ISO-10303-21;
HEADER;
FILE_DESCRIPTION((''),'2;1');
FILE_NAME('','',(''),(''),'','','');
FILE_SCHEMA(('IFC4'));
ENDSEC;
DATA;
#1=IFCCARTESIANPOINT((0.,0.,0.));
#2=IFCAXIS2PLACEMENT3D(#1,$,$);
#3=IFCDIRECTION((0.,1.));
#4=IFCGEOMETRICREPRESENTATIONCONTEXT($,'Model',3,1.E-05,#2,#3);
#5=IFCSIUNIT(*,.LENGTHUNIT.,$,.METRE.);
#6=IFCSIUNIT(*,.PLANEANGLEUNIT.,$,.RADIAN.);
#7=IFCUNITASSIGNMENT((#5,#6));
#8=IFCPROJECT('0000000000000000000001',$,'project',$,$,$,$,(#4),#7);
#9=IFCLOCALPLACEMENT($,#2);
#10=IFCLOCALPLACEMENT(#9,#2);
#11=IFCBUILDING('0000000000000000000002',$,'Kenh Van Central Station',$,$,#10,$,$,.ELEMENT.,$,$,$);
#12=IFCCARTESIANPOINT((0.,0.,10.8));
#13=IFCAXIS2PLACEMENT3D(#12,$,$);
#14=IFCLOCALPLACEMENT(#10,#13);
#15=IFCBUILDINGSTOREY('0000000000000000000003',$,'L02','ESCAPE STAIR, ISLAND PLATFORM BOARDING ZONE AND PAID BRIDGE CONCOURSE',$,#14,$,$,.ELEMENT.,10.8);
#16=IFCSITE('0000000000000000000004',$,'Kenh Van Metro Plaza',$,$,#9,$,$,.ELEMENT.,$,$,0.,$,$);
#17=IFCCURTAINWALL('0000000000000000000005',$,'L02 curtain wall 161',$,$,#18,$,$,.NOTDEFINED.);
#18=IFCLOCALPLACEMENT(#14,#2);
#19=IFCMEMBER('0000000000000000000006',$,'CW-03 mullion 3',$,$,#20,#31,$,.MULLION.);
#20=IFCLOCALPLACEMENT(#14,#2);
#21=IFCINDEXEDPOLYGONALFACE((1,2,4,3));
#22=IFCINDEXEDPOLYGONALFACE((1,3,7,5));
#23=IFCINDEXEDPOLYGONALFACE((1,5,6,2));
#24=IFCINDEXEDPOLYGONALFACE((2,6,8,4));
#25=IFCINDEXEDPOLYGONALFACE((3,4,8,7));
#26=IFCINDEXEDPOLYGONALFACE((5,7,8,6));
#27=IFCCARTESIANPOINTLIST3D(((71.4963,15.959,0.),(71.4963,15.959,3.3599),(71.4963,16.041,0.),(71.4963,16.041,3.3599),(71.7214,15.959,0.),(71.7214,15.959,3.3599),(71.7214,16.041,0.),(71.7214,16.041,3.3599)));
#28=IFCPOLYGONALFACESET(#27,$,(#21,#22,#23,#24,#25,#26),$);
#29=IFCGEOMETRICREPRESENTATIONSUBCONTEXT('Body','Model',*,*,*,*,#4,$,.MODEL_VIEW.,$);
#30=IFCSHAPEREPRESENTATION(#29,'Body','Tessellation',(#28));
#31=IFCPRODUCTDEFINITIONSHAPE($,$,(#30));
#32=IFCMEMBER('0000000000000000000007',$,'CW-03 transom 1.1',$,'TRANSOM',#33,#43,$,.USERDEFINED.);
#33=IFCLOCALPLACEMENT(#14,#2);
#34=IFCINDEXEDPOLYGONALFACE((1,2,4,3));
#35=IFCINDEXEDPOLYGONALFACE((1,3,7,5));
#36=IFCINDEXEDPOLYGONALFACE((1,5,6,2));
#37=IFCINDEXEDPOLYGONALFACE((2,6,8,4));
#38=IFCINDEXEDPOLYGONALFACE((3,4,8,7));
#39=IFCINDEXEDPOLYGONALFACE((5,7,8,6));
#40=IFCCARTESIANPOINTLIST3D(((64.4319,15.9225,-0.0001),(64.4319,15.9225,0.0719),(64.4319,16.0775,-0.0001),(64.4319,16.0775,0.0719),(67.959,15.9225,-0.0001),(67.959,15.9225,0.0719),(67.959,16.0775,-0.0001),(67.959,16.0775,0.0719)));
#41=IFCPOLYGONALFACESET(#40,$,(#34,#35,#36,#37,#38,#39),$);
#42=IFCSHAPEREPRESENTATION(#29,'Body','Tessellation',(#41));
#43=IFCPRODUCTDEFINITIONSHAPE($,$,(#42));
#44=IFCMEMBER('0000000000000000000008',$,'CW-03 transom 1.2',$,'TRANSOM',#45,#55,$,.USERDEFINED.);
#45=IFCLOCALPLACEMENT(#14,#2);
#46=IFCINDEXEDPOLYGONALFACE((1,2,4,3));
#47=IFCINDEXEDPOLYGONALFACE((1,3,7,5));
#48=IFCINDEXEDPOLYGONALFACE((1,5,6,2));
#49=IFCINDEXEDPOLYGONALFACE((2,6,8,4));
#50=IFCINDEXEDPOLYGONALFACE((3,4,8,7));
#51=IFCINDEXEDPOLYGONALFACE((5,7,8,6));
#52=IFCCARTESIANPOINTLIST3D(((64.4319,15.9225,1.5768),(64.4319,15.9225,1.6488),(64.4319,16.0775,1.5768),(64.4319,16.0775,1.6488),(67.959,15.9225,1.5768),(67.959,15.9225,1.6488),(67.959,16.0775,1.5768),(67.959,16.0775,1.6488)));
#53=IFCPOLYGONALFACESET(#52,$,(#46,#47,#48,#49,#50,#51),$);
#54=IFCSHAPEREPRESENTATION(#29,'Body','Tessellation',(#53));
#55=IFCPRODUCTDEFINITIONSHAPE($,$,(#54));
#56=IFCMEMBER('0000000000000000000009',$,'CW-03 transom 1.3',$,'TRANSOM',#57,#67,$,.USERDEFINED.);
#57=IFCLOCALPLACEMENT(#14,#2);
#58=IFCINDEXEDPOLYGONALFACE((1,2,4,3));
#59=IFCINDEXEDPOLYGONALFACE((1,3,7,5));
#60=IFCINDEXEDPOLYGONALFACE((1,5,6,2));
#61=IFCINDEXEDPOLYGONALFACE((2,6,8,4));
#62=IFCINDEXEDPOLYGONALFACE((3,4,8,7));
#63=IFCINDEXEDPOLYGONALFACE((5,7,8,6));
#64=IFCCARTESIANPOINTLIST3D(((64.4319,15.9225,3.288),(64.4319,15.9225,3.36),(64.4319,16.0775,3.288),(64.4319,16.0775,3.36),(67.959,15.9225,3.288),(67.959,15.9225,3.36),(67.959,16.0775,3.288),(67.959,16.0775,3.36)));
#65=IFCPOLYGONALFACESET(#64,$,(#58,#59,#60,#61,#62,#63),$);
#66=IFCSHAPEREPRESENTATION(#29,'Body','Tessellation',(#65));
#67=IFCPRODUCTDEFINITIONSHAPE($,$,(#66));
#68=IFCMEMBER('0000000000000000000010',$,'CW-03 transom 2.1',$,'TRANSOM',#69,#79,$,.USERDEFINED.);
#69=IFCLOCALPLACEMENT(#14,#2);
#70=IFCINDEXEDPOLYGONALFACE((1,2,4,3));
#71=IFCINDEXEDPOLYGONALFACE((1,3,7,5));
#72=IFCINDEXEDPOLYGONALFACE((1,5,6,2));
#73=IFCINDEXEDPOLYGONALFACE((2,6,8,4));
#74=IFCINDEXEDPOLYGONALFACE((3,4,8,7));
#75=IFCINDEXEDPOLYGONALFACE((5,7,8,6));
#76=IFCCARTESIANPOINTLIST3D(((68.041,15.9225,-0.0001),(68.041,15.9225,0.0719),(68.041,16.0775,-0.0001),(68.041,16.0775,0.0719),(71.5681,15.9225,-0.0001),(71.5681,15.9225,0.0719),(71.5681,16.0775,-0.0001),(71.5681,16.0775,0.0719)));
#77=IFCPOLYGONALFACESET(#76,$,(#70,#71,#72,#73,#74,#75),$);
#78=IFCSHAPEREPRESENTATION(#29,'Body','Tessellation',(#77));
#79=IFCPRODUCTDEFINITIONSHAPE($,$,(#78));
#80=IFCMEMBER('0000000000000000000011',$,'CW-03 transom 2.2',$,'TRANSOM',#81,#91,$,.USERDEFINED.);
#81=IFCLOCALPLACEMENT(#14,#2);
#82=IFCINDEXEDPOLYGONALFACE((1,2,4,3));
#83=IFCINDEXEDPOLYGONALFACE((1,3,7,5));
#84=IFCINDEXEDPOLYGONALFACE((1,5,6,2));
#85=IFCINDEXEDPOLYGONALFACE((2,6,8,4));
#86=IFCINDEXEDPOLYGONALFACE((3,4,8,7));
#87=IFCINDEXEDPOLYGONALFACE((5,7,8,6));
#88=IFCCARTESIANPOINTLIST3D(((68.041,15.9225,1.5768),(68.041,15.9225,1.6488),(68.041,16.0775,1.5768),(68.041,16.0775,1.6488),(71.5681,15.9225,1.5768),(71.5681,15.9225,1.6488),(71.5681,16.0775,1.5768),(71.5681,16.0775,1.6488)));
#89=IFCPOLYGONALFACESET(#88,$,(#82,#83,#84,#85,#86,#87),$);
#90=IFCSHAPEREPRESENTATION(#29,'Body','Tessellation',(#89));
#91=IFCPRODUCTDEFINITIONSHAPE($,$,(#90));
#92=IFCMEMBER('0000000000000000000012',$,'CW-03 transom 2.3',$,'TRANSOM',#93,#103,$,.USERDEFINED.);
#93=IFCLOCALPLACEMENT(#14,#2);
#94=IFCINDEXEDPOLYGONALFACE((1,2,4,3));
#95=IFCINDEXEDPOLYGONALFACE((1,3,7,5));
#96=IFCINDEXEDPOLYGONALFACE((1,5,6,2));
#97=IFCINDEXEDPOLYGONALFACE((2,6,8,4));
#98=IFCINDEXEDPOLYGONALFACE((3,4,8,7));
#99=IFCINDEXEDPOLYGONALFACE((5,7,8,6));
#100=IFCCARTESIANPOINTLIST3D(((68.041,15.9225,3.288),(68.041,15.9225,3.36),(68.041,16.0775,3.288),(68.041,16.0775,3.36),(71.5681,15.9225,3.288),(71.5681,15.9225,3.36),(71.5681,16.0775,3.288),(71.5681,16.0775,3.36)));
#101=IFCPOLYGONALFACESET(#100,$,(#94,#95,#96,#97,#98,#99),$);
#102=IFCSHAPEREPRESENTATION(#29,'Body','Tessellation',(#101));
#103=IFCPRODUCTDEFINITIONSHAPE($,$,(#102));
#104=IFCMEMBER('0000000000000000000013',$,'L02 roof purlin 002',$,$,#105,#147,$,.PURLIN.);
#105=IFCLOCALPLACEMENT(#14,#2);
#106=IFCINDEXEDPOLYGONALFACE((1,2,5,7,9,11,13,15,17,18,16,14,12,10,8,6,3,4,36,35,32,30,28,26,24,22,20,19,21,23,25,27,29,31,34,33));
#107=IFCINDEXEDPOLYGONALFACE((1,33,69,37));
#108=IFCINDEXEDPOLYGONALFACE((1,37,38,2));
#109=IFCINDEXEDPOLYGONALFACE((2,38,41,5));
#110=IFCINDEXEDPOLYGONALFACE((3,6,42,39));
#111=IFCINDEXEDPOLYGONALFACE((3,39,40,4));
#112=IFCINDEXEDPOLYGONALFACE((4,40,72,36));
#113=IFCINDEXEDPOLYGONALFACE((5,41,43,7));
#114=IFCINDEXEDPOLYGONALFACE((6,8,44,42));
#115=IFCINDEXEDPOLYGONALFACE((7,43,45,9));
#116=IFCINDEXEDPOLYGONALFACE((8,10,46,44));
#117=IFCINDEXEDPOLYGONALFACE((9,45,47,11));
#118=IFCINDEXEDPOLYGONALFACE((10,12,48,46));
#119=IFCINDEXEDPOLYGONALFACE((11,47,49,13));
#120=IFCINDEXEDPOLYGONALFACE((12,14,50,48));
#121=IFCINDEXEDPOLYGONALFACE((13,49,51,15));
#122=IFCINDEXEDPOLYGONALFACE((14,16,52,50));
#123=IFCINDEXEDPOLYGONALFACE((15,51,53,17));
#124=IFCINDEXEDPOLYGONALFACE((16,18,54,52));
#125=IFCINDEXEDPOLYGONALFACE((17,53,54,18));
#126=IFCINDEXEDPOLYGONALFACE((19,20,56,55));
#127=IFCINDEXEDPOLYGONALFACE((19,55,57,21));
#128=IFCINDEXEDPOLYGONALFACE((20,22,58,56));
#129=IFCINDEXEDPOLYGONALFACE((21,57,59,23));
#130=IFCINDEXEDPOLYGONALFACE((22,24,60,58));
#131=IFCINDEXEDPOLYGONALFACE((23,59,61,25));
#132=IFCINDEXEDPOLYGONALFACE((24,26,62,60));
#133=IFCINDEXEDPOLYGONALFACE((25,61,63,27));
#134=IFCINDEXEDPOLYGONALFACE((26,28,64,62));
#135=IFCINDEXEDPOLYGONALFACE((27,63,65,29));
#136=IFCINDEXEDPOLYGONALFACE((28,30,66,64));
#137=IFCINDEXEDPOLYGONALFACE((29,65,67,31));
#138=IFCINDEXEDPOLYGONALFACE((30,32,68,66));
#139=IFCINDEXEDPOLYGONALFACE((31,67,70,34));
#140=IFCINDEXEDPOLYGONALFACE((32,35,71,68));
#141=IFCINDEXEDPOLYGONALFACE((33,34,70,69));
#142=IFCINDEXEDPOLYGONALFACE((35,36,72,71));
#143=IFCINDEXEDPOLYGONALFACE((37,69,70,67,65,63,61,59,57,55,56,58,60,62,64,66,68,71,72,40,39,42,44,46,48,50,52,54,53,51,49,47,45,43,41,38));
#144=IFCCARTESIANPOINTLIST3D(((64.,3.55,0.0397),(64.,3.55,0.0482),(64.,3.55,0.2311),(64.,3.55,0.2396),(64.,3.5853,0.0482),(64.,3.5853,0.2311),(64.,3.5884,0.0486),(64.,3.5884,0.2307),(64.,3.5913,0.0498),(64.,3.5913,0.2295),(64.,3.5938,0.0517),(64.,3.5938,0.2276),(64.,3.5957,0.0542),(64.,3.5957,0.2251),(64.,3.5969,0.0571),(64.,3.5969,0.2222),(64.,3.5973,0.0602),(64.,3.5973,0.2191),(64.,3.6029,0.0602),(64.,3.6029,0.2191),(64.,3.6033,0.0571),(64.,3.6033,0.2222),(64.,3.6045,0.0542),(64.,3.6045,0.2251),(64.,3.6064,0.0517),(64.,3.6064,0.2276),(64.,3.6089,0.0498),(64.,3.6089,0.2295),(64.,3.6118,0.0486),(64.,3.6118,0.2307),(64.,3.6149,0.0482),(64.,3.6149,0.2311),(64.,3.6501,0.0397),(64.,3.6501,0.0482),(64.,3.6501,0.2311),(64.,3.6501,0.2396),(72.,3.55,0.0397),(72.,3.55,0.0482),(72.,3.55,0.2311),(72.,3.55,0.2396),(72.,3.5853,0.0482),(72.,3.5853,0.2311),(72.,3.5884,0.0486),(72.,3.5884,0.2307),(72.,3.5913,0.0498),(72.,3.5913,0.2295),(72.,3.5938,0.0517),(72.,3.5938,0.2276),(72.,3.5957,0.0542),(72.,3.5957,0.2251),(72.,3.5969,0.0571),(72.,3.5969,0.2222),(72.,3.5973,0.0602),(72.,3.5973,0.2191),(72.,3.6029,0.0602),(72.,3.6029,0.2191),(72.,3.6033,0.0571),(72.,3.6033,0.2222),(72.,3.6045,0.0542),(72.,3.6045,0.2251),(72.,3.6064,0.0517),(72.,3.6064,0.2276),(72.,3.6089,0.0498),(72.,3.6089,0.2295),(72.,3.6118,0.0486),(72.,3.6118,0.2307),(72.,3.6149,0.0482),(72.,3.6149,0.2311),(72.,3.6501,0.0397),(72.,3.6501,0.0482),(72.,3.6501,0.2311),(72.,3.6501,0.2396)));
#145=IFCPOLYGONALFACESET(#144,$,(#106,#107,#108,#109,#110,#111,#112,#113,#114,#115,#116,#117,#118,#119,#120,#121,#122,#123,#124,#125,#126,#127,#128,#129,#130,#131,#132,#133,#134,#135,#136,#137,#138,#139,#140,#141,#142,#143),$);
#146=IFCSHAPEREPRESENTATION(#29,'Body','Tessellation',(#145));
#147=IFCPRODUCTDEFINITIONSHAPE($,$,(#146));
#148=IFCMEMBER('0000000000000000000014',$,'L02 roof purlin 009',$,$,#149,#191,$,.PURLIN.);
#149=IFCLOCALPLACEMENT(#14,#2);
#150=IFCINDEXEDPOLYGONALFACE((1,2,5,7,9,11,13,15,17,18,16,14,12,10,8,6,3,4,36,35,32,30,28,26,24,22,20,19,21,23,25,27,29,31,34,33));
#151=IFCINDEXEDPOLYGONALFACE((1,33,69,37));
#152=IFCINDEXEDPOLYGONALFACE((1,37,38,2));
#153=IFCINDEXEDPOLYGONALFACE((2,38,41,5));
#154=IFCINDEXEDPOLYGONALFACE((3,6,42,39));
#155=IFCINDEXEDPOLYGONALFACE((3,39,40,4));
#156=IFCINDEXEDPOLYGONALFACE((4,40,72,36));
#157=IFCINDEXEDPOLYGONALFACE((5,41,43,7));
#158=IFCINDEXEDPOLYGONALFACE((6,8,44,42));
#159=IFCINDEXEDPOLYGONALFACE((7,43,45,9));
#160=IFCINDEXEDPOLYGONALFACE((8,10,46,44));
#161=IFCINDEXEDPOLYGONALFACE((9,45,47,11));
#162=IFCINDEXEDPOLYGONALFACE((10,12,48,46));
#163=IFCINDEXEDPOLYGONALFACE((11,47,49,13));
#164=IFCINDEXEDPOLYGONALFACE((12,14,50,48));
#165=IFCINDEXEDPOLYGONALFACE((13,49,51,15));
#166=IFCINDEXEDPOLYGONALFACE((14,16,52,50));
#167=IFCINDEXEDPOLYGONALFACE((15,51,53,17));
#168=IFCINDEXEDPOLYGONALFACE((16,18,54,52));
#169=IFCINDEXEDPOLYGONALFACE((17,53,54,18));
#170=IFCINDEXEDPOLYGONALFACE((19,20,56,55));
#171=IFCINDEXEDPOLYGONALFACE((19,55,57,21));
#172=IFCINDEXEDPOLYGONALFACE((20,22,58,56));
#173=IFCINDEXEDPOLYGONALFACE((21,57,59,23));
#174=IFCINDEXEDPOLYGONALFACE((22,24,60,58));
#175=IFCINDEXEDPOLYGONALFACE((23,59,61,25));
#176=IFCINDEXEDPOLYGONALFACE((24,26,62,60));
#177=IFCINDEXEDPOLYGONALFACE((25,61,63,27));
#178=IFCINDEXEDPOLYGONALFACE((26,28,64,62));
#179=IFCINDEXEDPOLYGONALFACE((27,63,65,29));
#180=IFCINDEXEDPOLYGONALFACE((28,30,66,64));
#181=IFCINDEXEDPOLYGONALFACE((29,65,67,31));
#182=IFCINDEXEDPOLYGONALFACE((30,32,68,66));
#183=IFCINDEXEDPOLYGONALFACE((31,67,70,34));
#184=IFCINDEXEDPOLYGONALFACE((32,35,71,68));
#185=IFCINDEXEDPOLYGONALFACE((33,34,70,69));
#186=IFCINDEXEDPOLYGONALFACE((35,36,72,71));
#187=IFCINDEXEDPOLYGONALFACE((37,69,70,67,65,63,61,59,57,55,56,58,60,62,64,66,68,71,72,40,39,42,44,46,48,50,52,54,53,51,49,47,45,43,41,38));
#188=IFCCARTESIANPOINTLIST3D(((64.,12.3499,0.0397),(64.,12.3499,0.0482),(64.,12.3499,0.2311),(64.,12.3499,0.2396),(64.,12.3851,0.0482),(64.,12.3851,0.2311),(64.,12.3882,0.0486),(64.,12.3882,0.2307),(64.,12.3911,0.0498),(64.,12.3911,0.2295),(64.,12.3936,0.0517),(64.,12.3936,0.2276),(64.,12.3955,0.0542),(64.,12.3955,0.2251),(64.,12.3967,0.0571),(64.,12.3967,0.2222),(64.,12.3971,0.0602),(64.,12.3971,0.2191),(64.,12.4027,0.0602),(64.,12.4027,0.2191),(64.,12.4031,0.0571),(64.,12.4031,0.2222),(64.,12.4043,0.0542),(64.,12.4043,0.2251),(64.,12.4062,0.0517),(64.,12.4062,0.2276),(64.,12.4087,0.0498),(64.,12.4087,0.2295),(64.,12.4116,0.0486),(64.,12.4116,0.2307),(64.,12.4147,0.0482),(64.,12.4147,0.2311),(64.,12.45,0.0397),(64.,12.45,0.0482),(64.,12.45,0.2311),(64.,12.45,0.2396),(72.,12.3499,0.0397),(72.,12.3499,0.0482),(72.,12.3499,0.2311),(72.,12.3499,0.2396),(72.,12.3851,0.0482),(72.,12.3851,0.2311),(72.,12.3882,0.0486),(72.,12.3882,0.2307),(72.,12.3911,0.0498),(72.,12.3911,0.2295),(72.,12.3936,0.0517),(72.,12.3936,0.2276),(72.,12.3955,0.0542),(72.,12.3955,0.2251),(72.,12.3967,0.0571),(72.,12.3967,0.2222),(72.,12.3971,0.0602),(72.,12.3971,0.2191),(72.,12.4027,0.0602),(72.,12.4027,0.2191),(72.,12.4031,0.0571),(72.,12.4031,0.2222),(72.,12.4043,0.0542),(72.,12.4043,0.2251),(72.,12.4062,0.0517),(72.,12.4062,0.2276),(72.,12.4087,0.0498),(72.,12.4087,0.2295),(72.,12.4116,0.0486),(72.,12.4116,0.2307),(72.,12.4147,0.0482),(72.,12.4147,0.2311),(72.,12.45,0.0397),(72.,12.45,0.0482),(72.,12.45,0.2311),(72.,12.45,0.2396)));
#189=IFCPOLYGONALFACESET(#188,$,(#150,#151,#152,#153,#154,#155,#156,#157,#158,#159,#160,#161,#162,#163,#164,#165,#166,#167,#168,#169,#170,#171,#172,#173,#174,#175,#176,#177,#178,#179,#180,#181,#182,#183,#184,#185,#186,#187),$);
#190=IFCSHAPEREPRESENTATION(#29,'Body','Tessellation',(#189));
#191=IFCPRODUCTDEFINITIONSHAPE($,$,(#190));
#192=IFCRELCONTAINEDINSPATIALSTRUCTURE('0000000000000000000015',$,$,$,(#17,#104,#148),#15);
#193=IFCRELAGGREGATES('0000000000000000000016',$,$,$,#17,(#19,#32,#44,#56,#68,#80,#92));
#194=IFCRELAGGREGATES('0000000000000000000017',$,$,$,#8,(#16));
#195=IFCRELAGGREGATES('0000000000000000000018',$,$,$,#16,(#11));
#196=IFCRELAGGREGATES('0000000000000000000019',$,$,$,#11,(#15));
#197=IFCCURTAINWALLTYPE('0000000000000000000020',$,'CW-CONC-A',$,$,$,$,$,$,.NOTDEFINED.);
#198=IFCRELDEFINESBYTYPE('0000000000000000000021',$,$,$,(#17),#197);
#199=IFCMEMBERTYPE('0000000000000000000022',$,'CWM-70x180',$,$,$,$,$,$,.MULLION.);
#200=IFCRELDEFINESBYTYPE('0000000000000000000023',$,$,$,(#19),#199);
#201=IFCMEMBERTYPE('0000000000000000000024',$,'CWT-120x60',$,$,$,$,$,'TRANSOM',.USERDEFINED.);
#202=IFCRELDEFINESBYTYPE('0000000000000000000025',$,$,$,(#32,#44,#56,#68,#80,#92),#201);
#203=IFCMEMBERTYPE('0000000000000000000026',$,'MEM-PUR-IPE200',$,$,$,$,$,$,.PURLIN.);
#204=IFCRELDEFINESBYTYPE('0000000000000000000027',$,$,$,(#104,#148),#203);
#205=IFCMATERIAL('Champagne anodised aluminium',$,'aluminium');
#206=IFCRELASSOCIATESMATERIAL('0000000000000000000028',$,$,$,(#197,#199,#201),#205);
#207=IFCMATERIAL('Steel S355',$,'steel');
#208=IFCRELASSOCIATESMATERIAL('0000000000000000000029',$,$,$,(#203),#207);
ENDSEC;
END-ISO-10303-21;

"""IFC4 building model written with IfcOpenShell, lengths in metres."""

from ifc_helpers import new_model, si_unit, direction, frame, origin, origin_2d, place, context, subcontext, project, spatial, rectangle, i_section, extrude, material, material_profile, profile_set, type_object, element, aggregate, save


model = new_model("IFC4")

# Units and contexts
model_context = context("Model", 3, precision=1e-05, world=origin(), true_north=direction((0.0, 1.0)))
body_context = subcontext(model_context, "Body", "Model", "MODEL_VIEW")
ifc_project = project(units=[si_unit("LENGTHUNIT", "METRE"), si_unit("PLANEANGLEUNIT", "RADIAN")], contexts=[model_context])

# Site, building, storey
site_placement = place(None, origin())
site = spatial("IfcSite", under=ifc_project, at=site_placement, Name="Kenh Van Metro Plaza", CompositionType="ELEMENT", RefElevation=0.0)
building_placement = place(site_placement, origin())
building = spatial("IfcBuilding", under=site, at=building_placement, Name="Kenh Van Central Station", CompositionType="ELEMENT")
storey_placement = place(building_placement, frame((0.0, 0.0, 10.8)))
storey = spatial("IfcBuildingStorey", under=building, at=storey_placement, Name="L02", Description="ESCAPE STAIR, ISLAND PLATFORM BOARDING ZONE AND PAID BRIDGE CONCOURSE", CompositionType="ELEMENT", Elevation=10.8)

# Shared definitions
ifc_material_1 = material(Name="Steel S355", Category="steel")

# Shared definitions
ifc_material_2 = material(Name="Champagne anodised aluminium", Category="aluminium")
curtain_wall_type = type_object("IfcCurtainWallType", Name="CW-CONC-A", PredefinedType="NOTDEFINED", material=ifc_material_2)
ifc_material_profile_1 = material_profile(ifc_material_2, rectangle(XDim=0.082, YDim=0.2251, at=origin_2d()), Name="AL 82x225")
ifc_profile_set_1 = profile_set([ifc_material_profile_1], Name="Champagne anodised aluminium")
member_type_1 = type_object("IfcMemberType", Name="CWM-70x180", PredefinedType="MULLION", material=ifc_profile_set_1)

# Curtain wall, members
curtain_wall_1_placement = place(storey_placement, origin())
curtain_wall_1 = element("IfcCurtainWall", 1, at=curtain_wall_1_placement, inside=storey, type_object=curtain_wall_type, Name="L02 curtain wall 161", PredefinedType="NOTDEFINED")
member_1_placement = place(storey_placement, frame((71.6089, 16.0, 0.0), z_axis=(0.0, 0.0, 1.0), x_axis=(0.0, 1.0, 0.0)))
member_1 = element("IfcMember", 2, at=member_1_placement, type_object=member_type_1, Name="CW-03 mullion 3", PredefinedType="MULLION", context=body_context, shape_type="SweptSolid", body=[
    extrude(rectangle(XDim=0.082, YDim=0.2251, at=origin_2d()), origin(), (0.0, 0.0, 1.0), 3.3599),
])
ifc_material_profile_2 = material_profile(ifc_material_2, rectangle(XDim=0.155, YDim=0.072, at=origin_2d()), Name="AL 155x72")
ifc_profile_set_2 = profile_set([ifc_material_profile_2], Name="Champagne anodised aluminium")
member_type_2 = type_object("IfcMemberType", Name="CWT-120x60", ElementType="TRANSOM", PredefinedType="USERDEFINED", material=ifc_profile_set_2)
member_2_placement = place(storey_placement, frame((64.4319, 16.0, 0.0359), z_axis=(1.0, 0.0, 0.0), x_axis=(0.0, 1.0, 0.0)))
member_2 = element("IfcMember", 3, at=member_2_placement, type_object=member_type_2, Name="CW-03 transom 1.1", ObjectType="TRANSOM", PredefinedType="USERDEFINED", context=body_context, shape_type="SweptSolid", body=[
    extrude(rectangle(XDim=0.155, YDim=0.072, at=origin_2d()), origin(), (0.0, 0.0, 1.0), 3.5271),
])
member_3_placement = place(storey_placement, frame((64.4319, 16.0, 1.6128), z_axis=(1.0, 0.0, 0.0), x_axis=(0.0, 1.0, 0.0)))
member_3 = element("IfcMember", 4, at=member_3_placement, type_object=member_type_2, Name="CW-03 transom 1.2", ObjectType="TRANSOM", PredefinedType="USERDEFINED", context=body_context, shape_type="SweptSolid", body=[
    extrude(rectangle(XDim=0.155, YDim=0.072, at=origin_2d()), origin(), (0.0, 0.0, 1.0), 3.5271),
])
member_4_placement = place(storey_placement, frame((64.4319, 16.0, 3.324), z_axis=(1.0, 0.0, 0.0), x_axis=(0.0, 1.0, 0.0)))
member_4 = element("IfcMember", 5, at=member_4_placement, type_object=member_type_2, Name="CW-03 transom 1.3", ObjectType="TRANSOM", PredefinedType="USERDEFINED", context=body_context, shape_type="SweptSolid", body=[
    extrude(rectangle(XDim=0.155, YDim=0.072, at=origin_2d()), origin(), (0.0, 0.0, 1.0), 3.5271),
])
member_5_placement = place(storey_placement, frame((68.041, 16.0, 0.0359), z_axis=(1.0, 0.0, 0.0), x_axis=(0.0, 1.0, 0.0)))
member_5 = element("IfcMember", 6, at=member_5_placement, type_object=member_type_2, Name="CW-03 transom 2.1", ObjectType="TRANSOM", PredefinedType="USERDEFINED", context=body_context, shape_type="SweptSolid", body=[
    extrude(rectangle(XDim=0.155, YDim=0.072, at=origin_2d()), origin(), (0.0, 0.0, 1.0), 3.5271),
])
member_6_placement = place(storey_placement, frame((68.041, 16.0, 1.6128), z_axis=(1.0, 0.0, 0.0), x_axis=(0.0, 1.0, 0.0)))
member_6 = element("IfcMember", 7, at=member_6_placement, type_object=member_type_2, Name="CW-03 transom 2.2", ObjectType="TRANSOM", PredefinedType="USERDEFINED", context=body_context, shape_type="SweptSolid", body=[
    extrude(rectangle(XDim=0.155, YDim=0.072, at=origin_2d()), origin(), (0.0, 0.0, 1.0), 3.5271),
])
member_7_placement = place(storey_placement, frame((68.041, 16.0, 3.324), z_axis=(1.0, 0.0, 0.0), x_axis=(0.0, 1.0, 0.0)))
member_7 = element("IfcMember", 8, at=member_7_placement, type_object=member_type_2, Name="CW-03 transom 2.3", ObjectType="TRANSOM", PredefinedType="USERDEFINED", context=body_context, shape_type="SweptSolid", body=[
    extrude(rectangle(XDim=0.155, YDim=0.072, at=origin_2d()), origin(), (0.0, 0.0, 1.0), 3.5271),
])

# Members
ifc_material_profile_3 = material_profile(ifc_material_1, i_section(OverallWidth=0.1001, OverallDepth=0.2, WebThickness=0.0056, FlangeThickness=0.0085, FilletRadius=0.012, at=origin_2d()), Name="IPE 200")
ifc_profile_set_3 = profile_set([ifc_material_profile_3], Name="Steel S355")
member_type_3 = type_object("IfcMemberType", Name="MEM-PUR-IPE200", PredefinedType="PURLIN", material=ifc_profile_set_3)
for number, where, z_axis, x_axis, name in (
    (9, (64.0, 3.6001, 0.1396), (1.0, 0.0, 0.0), (0.0, 1.0, 0.0), "L02 roof purlin 002"),
    (10, (64.0, 12.3999, 0.1396), (1.0, 0.0, 0.0), (0.0, 1.0, 0.0), "L02 roof purlin 009"),
):
    element("IfcMember", number, at=place(storey_placement, frame(where, z_axis=z_axis, x_axis=x_axis)), inside=storey, type_object=member_type_3, Name=name, PredefinedType="PURLIN", context=body_context, shape_type="SweptSolid", body=[
        extrude(i_section(OverallWidth=0.1001, OverallDepth=0.2, WebThickness=0.0056, FlangeThickness=0.0085, FilletRadius=0.012, at=origin_2d()), origin(), (0.0, 0.0, 1.0), 8.0),
    ])

aggregate(curtain_wall_1, [member_1, member_2, member_3, member_4, member_5, member_6, member_7])

save(model, "model.ifc")
